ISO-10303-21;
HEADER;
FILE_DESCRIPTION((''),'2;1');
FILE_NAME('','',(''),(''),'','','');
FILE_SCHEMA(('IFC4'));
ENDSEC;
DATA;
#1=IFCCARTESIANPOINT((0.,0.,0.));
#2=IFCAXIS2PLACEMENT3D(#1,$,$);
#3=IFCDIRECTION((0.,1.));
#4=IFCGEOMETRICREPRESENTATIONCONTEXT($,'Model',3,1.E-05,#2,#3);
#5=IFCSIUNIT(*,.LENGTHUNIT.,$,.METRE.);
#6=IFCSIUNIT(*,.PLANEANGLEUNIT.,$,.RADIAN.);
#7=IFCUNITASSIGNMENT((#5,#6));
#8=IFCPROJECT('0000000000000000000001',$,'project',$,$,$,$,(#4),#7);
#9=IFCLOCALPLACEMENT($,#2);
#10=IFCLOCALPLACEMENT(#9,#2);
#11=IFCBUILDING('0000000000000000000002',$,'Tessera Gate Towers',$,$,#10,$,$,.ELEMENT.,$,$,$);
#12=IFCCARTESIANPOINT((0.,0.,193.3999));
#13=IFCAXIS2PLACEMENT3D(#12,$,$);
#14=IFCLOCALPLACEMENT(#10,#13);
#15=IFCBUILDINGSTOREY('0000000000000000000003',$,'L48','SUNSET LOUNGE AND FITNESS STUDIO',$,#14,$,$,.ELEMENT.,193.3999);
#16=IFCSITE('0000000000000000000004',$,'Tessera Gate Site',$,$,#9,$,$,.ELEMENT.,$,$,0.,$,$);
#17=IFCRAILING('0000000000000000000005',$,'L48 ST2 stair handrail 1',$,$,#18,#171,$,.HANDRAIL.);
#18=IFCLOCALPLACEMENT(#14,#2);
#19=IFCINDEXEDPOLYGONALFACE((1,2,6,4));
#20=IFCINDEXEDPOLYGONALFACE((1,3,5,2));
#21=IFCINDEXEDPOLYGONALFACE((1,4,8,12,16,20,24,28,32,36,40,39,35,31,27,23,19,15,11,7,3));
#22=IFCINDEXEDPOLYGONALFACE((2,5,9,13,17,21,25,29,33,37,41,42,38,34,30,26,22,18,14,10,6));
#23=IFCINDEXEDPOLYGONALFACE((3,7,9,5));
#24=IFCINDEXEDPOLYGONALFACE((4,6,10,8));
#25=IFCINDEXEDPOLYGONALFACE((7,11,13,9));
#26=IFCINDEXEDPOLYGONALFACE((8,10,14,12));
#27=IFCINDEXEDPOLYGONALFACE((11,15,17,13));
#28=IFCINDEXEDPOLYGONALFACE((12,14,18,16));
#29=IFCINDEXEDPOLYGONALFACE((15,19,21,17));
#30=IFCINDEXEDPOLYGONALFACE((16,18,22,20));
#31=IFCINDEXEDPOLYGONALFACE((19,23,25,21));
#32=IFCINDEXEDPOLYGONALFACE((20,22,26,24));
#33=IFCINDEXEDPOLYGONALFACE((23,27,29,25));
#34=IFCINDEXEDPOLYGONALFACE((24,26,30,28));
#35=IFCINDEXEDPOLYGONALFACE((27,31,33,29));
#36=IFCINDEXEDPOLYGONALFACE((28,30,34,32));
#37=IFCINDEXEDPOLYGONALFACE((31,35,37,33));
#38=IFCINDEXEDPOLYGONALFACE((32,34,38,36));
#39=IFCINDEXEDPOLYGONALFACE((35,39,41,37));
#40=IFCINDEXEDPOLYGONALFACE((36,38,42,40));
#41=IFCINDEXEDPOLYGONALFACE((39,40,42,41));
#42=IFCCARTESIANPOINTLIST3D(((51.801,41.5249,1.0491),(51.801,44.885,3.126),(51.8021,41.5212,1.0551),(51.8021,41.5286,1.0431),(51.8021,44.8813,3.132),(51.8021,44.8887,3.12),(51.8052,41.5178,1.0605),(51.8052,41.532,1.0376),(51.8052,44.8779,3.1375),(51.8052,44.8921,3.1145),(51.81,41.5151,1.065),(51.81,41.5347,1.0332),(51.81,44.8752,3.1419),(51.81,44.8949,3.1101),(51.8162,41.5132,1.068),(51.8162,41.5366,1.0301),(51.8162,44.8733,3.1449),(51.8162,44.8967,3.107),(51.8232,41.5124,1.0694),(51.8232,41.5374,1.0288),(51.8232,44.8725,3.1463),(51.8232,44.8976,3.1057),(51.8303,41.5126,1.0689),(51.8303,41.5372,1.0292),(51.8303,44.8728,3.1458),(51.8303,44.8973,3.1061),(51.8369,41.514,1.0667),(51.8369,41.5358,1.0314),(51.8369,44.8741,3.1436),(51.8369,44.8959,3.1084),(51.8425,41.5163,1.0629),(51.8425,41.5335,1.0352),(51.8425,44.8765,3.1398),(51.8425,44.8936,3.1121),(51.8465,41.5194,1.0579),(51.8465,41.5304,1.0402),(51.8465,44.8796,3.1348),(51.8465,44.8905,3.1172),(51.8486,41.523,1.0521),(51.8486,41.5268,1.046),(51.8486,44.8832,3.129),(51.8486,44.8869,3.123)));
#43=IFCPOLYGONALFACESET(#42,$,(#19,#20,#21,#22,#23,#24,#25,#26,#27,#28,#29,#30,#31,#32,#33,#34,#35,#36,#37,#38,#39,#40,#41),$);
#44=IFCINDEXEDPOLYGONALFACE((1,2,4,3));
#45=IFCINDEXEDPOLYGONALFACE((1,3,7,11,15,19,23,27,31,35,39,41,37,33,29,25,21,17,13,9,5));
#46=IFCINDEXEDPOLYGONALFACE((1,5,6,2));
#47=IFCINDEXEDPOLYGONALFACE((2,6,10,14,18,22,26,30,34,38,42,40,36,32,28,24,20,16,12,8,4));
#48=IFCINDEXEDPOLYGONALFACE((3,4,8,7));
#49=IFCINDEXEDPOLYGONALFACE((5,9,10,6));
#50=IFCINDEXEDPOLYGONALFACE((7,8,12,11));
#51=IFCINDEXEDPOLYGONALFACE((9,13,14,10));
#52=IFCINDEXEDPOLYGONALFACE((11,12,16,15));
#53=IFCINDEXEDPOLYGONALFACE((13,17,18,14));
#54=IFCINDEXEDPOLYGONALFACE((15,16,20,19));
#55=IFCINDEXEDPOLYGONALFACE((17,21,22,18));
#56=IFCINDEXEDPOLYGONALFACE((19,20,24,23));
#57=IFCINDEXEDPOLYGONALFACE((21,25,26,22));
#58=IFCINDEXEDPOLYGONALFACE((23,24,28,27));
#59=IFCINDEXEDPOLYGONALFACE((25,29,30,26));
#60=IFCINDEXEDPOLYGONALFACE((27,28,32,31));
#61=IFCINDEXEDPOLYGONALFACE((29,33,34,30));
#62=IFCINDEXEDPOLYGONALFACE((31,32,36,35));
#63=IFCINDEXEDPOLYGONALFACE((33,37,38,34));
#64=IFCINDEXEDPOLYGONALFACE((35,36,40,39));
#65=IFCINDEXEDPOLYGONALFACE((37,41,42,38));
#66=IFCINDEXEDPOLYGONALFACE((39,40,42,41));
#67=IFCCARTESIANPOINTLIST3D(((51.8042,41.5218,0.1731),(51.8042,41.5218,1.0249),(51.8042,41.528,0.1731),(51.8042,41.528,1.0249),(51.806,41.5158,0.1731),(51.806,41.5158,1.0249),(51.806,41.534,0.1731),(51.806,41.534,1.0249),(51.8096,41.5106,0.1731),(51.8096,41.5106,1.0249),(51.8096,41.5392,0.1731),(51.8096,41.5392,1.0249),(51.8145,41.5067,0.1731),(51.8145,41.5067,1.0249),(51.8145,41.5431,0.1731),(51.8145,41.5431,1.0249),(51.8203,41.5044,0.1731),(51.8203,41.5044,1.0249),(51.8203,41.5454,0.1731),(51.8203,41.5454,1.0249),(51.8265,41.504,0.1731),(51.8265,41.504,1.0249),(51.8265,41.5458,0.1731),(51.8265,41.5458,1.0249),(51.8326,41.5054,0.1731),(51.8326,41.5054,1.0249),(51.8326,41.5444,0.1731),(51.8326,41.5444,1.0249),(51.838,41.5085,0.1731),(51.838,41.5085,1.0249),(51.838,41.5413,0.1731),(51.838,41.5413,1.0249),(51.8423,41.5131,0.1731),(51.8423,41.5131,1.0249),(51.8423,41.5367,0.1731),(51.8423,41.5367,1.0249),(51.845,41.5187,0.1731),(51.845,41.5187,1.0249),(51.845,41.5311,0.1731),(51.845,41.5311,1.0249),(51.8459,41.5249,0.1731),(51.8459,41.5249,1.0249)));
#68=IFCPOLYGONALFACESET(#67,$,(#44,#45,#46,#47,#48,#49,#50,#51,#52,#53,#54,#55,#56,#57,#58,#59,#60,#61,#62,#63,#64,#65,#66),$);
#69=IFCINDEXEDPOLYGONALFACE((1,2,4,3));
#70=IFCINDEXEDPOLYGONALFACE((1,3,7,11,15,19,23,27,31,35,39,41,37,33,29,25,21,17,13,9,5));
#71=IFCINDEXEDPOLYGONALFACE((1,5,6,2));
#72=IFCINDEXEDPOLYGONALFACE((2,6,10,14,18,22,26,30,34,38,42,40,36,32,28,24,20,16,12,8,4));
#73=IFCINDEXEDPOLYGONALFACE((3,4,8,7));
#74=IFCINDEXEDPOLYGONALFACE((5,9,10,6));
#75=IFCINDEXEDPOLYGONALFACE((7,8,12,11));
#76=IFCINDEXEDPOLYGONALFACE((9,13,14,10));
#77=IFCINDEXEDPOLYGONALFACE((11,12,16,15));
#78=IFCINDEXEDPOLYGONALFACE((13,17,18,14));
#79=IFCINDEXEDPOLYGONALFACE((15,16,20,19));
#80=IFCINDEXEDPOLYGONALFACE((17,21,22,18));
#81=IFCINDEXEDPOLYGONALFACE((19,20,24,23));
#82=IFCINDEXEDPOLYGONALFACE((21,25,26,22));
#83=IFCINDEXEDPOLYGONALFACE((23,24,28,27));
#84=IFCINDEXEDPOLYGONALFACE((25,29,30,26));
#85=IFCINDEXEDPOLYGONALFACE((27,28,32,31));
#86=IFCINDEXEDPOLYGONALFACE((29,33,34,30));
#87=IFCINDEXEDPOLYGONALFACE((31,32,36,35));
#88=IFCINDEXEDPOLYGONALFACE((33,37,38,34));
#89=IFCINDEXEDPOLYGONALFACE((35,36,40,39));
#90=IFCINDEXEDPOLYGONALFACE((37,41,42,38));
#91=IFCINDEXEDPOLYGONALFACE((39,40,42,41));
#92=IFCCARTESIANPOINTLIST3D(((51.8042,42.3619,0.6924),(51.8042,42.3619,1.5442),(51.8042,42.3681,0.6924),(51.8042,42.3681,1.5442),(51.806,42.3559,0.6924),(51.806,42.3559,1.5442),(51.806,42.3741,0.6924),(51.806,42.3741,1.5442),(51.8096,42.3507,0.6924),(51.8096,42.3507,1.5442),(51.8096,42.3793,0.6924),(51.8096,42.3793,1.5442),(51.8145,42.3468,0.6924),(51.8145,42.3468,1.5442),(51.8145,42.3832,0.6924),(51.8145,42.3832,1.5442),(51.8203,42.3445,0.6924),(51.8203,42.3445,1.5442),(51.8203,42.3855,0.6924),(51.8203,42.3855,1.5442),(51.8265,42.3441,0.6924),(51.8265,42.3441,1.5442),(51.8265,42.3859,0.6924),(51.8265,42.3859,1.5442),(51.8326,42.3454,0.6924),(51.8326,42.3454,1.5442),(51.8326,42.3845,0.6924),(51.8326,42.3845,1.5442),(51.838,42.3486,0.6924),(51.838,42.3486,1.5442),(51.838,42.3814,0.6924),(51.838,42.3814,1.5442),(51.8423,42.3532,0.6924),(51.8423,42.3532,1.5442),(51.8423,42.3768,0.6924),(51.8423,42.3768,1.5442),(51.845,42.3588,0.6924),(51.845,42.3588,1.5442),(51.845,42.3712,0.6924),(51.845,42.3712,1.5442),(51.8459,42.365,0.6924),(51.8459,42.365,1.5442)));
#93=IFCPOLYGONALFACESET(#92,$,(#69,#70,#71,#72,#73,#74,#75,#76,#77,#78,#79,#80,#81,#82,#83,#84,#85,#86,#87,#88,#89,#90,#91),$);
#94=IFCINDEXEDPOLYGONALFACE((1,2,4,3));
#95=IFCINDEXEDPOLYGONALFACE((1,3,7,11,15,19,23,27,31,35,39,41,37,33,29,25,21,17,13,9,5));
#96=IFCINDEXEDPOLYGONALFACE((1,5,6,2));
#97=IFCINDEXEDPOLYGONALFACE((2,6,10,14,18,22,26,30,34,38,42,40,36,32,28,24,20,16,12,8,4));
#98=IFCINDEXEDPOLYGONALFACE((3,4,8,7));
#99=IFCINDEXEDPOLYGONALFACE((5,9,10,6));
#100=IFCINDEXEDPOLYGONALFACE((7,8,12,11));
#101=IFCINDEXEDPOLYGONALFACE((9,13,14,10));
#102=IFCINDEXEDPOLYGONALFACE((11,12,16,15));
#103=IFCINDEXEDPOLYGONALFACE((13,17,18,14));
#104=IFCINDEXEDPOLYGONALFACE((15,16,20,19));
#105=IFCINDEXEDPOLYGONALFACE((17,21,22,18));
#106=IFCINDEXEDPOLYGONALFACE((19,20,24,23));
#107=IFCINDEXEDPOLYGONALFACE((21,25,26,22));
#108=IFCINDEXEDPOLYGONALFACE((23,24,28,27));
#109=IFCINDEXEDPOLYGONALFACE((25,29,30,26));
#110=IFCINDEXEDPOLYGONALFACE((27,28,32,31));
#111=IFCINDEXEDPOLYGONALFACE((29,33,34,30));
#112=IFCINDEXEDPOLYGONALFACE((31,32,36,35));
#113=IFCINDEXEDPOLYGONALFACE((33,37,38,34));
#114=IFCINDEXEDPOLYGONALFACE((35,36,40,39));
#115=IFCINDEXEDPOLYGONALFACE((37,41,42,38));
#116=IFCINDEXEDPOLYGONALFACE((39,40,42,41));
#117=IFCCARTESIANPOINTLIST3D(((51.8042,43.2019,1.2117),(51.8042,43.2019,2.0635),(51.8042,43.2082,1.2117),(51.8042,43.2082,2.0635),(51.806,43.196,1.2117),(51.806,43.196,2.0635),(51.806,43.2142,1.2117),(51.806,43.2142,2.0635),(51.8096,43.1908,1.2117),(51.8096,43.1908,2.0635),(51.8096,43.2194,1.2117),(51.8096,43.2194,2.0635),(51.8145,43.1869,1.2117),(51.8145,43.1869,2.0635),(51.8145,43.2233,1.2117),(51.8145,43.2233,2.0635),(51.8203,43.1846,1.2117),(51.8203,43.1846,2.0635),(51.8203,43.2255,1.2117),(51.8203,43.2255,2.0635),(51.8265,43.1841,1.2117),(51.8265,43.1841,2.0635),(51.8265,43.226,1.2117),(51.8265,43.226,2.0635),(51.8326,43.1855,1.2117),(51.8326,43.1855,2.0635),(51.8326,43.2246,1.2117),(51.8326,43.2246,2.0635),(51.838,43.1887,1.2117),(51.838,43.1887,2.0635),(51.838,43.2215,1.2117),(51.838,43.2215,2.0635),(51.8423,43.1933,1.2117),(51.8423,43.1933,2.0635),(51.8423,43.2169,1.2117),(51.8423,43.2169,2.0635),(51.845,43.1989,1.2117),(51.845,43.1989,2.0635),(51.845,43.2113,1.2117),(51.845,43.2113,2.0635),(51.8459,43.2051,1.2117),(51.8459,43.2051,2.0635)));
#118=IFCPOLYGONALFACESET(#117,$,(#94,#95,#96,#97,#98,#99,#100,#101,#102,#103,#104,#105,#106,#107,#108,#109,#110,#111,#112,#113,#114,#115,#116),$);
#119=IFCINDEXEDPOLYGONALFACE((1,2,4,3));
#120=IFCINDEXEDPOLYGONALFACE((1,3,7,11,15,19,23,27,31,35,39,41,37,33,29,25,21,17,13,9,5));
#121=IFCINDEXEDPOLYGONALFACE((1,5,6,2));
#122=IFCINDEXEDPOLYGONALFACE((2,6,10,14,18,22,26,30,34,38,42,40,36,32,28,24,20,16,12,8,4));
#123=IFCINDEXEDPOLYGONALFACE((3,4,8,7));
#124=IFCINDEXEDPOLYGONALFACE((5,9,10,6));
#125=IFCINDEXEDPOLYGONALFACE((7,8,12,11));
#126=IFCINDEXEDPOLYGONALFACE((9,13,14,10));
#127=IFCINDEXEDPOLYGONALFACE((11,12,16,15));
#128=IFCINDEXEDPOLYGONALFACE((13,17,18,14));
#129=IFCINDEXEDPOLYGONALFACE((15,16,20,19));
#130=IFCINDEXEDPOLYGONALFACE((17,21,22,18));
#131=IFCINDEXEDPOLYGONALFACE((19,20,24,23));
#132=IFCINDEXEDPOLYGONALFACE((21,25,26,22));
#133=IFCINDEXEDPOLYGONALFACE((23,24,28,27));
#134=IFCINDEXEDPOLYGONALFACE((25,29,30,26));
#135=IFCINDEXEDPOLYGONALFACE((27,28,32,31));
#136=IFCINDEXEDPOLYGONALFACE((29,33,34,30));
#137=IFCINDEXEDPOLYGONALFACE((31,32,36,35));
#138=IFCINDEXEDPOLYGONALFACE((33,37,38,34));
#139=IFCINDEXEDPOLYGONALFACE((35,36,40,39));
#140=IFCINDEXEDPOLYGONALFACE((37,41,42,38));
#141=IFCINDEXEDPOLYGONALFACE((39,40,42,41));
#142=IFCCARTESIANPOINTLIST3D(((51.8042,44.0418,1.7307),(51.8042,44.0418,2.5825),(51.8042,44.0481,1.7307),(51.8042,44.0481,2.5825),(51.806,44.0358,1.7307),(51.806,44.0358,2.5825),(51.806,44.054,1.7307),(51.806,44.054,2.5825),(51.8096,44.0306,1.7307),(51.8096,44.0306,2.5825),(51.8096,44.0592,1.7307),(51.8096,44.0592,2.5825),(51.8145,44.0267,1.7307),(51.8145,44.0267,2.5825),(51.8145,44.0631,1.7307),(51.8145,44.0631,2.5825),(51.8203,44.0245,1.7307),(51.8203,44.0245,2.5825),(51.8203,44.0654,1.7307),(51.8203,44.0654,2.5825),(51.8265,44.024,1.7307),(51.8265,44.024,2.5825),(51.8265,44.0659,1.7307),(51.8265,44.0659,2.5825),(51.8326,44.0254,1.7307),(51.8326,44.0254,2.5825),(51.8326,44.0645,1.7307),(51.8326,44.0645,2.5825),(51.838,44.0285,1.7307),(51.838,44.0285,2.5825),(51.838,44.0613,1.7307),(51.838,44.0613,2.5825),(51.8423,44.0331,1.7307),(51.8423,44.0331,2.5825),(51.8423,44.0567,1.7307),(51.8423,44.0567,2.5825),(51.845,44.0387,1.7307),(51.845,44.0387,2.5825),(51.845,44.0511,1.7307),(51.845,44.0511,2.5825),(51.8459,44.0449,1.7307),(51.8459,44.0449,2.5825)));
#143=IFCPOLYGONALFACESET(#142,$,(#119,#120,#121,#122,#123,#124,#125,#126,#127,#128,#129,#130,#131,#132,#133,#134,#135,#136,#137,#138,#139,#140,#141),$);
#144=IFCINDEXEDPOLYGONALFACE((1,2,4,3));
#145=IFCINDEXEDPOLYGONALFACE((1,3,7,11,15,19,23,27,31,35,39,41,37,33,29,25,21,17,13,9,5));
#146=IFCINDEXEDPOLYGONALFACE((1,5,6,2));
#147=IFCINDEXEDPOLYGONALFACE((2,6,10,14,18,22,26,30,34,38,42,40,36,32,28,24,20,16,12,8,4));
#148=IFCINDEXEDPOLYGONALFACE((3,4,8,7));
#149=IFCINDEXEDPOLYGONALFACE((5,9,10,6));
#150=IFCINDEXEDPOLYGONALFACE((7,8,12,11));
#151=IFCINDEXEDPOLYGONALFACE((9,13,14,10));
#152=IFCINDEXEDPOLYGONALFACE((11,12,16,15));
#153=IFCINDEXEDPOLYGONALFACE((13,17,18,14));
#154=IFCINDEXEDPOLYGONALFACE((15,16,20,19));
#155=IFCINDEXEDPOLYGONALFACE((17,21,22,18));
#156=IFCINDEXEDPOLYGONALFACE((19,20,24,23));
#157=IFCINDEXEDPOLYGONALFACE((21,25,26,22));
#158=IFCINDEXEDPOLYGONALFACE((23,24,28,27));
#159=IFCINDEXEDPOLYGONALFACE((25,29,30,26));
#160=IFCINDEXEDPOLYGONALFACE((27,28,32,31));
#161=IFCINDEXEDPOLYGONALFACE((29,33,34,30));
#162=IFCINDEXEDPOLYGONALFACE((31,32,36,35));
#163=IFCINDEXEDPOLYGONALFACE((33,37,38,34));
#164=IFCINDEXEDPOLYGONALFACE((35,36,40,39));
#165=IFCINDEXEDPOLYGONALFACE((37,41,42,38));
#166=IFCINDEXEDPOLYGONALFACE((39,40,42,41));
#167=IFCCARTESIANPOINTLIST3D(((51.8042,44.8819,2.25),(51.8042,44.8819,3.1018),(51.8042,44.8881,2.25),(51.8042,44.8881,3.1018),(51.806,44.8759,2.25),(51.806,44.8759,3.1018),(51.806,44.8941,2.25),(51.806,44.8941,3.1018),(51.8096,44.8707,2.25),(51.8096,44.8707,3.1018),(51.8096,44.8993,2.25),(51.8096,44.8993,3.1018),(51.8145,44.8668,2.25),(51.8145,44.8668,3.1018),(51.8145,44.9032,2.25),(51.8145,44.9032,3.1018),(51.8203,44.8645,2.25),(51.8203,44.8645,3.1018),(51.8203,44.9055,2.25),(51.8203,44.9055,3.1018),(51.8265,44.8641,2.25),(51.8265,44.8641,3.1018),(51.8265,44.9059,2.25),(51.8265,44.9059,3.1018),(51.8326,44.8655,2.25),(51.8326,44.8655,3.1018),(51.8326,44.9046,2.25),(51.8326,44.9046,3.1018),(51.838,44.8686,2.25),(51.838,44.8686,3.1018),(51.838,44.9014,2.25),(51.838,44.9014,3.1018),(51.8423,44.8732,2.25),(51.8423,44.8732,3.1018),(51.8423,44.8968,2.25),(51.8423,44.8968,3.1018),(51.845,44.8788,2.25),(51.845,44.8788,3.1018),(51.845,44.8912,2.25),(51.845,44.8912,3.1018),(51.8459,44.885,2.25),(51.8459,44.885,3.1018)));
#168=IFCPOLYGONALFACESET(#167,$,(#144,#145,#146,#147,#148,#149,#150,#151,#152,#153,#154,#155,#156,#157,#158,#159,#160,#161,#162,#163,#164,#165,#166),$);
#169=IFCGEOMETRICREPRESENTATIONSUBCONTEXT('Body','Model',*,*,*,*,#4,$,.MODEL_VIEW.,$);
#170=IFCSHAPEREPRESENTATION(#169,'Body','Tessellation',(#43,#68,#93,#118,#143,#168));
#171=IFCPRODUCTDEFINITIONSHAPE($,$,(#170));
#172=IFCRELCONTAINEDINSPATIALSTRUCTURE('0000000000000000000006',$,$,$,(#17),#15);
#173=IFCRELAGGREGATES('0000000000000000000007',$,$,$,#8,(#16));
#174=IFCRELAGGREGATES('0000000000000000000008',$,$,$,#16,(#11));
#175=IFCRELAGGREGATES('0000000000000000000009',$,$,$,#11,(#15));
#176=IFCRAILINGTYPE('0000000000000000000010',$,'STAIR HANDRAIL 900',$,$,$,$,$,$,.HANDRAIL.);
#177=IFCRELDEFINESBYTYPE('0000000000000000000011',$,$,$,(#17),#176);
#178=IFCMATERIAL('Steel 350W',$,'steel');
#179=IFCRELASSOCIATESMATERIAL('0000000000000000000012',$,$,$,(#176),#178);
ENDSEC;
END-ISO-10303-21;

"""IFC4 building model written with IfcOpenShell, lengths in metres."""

from ifc_helpers import new_model, si_unit, direction, frame, origin, origin_2d, place, context, subcontext, project, spatial, circle, extrude, material, type_object, element, save


model = new_model("IFC4")

# Units and contexts
model_context = context("Model", 3, precision=1e-05, world=origin(), true_north=direction((0.0, 1.0)))
body_context = subcontext(model_context, "Body", "Model", "MODEL_VIEW")
ifc_project = project(units=[si_unit("LENGTHUNIT", "METRE"), si_unit("PLANEANGLEUNIT", "RADIAN")], contexts=[model_context])

# Site, building, storey
site_placement = place(None, origin())
site = spatial("IfcSite", under=ifc_project, at=site_placement, Name="Tessera Gate Site", CompositionType="ELEMENT", RefElevation=0.0)
building_placement = place(site_placement, origin())
building = spatial("IfcBuilding", under=site, at=building_placement, Name="Tessera Gate Towers", CompositionType="ELEMENT")
storey_placement = place(building_placement, frame((0.0, 0.0, 193.3999)))
storey = spatial("IfcBuildingStorey", under=building, at=storey_placement, Name="L48", Description="SUNSET LOUNGE AND FITNESS STUDIO", CompositionType="ELEMENT", Elevation=193.3999)

# Railing
ifc_material_1 = material(Name="Steel 350W", Category="steel")
railing_type = type_object("IfcRailingType", Name="STAIR HANDRAIL 900", PredefinedType="HANDRAIL", material=ifc_material_1)
railing_placement = place(storey_placement, frame((51.825, 41.5249, 0.1731)))
element("IfcRailing", 1, at=railing_placement, inside=storey, type_object=railing_type, Name="L48 ST2 stair handrail 1", PredefinedType="HANDRAIL", context=body_context, shape_type="SweptSolid", body=[
    extrude(circle(Radius=0.0239, at=origin_2d()), frame((0.0, 0.0, 0.876), z_axis=(0.0, 0.850623, 0.525776), x_axis=(-1.0, 0.0, 0.0)), (0.0, 0.0, 1.0), 3.9502),
    extrude(circle(Radius=0.021, at=origin_2d()), origin(), (0.0, 0.0, 1.0), 0.8518),
    extrude(circle(Radius=0.021, at=origin_2d()), frame((0.0, 0.8401, 0.5193)), (0.0, 0.0, 1.0), 0.8518),
    extrude(circle(Radius=0.021, at=origin_2d()), frame((0.0, 1.6802, 1.0386)), (0.0, 0.0, 1.0), 0.8518),
    extrude(circle(Radius=0.021, at=origin_2d()), frame((0.0, 2.52, 1.5576)), (0.0, 0.0, 1.0), 0.8518),
    extrude(circle(Radius=0.021, at=origin_2d()), frame((0.0, 3.3601, 2.0769)), (0.0, 0.0, 1.0), 0.8518),
])

save(model, "model.ifc")
